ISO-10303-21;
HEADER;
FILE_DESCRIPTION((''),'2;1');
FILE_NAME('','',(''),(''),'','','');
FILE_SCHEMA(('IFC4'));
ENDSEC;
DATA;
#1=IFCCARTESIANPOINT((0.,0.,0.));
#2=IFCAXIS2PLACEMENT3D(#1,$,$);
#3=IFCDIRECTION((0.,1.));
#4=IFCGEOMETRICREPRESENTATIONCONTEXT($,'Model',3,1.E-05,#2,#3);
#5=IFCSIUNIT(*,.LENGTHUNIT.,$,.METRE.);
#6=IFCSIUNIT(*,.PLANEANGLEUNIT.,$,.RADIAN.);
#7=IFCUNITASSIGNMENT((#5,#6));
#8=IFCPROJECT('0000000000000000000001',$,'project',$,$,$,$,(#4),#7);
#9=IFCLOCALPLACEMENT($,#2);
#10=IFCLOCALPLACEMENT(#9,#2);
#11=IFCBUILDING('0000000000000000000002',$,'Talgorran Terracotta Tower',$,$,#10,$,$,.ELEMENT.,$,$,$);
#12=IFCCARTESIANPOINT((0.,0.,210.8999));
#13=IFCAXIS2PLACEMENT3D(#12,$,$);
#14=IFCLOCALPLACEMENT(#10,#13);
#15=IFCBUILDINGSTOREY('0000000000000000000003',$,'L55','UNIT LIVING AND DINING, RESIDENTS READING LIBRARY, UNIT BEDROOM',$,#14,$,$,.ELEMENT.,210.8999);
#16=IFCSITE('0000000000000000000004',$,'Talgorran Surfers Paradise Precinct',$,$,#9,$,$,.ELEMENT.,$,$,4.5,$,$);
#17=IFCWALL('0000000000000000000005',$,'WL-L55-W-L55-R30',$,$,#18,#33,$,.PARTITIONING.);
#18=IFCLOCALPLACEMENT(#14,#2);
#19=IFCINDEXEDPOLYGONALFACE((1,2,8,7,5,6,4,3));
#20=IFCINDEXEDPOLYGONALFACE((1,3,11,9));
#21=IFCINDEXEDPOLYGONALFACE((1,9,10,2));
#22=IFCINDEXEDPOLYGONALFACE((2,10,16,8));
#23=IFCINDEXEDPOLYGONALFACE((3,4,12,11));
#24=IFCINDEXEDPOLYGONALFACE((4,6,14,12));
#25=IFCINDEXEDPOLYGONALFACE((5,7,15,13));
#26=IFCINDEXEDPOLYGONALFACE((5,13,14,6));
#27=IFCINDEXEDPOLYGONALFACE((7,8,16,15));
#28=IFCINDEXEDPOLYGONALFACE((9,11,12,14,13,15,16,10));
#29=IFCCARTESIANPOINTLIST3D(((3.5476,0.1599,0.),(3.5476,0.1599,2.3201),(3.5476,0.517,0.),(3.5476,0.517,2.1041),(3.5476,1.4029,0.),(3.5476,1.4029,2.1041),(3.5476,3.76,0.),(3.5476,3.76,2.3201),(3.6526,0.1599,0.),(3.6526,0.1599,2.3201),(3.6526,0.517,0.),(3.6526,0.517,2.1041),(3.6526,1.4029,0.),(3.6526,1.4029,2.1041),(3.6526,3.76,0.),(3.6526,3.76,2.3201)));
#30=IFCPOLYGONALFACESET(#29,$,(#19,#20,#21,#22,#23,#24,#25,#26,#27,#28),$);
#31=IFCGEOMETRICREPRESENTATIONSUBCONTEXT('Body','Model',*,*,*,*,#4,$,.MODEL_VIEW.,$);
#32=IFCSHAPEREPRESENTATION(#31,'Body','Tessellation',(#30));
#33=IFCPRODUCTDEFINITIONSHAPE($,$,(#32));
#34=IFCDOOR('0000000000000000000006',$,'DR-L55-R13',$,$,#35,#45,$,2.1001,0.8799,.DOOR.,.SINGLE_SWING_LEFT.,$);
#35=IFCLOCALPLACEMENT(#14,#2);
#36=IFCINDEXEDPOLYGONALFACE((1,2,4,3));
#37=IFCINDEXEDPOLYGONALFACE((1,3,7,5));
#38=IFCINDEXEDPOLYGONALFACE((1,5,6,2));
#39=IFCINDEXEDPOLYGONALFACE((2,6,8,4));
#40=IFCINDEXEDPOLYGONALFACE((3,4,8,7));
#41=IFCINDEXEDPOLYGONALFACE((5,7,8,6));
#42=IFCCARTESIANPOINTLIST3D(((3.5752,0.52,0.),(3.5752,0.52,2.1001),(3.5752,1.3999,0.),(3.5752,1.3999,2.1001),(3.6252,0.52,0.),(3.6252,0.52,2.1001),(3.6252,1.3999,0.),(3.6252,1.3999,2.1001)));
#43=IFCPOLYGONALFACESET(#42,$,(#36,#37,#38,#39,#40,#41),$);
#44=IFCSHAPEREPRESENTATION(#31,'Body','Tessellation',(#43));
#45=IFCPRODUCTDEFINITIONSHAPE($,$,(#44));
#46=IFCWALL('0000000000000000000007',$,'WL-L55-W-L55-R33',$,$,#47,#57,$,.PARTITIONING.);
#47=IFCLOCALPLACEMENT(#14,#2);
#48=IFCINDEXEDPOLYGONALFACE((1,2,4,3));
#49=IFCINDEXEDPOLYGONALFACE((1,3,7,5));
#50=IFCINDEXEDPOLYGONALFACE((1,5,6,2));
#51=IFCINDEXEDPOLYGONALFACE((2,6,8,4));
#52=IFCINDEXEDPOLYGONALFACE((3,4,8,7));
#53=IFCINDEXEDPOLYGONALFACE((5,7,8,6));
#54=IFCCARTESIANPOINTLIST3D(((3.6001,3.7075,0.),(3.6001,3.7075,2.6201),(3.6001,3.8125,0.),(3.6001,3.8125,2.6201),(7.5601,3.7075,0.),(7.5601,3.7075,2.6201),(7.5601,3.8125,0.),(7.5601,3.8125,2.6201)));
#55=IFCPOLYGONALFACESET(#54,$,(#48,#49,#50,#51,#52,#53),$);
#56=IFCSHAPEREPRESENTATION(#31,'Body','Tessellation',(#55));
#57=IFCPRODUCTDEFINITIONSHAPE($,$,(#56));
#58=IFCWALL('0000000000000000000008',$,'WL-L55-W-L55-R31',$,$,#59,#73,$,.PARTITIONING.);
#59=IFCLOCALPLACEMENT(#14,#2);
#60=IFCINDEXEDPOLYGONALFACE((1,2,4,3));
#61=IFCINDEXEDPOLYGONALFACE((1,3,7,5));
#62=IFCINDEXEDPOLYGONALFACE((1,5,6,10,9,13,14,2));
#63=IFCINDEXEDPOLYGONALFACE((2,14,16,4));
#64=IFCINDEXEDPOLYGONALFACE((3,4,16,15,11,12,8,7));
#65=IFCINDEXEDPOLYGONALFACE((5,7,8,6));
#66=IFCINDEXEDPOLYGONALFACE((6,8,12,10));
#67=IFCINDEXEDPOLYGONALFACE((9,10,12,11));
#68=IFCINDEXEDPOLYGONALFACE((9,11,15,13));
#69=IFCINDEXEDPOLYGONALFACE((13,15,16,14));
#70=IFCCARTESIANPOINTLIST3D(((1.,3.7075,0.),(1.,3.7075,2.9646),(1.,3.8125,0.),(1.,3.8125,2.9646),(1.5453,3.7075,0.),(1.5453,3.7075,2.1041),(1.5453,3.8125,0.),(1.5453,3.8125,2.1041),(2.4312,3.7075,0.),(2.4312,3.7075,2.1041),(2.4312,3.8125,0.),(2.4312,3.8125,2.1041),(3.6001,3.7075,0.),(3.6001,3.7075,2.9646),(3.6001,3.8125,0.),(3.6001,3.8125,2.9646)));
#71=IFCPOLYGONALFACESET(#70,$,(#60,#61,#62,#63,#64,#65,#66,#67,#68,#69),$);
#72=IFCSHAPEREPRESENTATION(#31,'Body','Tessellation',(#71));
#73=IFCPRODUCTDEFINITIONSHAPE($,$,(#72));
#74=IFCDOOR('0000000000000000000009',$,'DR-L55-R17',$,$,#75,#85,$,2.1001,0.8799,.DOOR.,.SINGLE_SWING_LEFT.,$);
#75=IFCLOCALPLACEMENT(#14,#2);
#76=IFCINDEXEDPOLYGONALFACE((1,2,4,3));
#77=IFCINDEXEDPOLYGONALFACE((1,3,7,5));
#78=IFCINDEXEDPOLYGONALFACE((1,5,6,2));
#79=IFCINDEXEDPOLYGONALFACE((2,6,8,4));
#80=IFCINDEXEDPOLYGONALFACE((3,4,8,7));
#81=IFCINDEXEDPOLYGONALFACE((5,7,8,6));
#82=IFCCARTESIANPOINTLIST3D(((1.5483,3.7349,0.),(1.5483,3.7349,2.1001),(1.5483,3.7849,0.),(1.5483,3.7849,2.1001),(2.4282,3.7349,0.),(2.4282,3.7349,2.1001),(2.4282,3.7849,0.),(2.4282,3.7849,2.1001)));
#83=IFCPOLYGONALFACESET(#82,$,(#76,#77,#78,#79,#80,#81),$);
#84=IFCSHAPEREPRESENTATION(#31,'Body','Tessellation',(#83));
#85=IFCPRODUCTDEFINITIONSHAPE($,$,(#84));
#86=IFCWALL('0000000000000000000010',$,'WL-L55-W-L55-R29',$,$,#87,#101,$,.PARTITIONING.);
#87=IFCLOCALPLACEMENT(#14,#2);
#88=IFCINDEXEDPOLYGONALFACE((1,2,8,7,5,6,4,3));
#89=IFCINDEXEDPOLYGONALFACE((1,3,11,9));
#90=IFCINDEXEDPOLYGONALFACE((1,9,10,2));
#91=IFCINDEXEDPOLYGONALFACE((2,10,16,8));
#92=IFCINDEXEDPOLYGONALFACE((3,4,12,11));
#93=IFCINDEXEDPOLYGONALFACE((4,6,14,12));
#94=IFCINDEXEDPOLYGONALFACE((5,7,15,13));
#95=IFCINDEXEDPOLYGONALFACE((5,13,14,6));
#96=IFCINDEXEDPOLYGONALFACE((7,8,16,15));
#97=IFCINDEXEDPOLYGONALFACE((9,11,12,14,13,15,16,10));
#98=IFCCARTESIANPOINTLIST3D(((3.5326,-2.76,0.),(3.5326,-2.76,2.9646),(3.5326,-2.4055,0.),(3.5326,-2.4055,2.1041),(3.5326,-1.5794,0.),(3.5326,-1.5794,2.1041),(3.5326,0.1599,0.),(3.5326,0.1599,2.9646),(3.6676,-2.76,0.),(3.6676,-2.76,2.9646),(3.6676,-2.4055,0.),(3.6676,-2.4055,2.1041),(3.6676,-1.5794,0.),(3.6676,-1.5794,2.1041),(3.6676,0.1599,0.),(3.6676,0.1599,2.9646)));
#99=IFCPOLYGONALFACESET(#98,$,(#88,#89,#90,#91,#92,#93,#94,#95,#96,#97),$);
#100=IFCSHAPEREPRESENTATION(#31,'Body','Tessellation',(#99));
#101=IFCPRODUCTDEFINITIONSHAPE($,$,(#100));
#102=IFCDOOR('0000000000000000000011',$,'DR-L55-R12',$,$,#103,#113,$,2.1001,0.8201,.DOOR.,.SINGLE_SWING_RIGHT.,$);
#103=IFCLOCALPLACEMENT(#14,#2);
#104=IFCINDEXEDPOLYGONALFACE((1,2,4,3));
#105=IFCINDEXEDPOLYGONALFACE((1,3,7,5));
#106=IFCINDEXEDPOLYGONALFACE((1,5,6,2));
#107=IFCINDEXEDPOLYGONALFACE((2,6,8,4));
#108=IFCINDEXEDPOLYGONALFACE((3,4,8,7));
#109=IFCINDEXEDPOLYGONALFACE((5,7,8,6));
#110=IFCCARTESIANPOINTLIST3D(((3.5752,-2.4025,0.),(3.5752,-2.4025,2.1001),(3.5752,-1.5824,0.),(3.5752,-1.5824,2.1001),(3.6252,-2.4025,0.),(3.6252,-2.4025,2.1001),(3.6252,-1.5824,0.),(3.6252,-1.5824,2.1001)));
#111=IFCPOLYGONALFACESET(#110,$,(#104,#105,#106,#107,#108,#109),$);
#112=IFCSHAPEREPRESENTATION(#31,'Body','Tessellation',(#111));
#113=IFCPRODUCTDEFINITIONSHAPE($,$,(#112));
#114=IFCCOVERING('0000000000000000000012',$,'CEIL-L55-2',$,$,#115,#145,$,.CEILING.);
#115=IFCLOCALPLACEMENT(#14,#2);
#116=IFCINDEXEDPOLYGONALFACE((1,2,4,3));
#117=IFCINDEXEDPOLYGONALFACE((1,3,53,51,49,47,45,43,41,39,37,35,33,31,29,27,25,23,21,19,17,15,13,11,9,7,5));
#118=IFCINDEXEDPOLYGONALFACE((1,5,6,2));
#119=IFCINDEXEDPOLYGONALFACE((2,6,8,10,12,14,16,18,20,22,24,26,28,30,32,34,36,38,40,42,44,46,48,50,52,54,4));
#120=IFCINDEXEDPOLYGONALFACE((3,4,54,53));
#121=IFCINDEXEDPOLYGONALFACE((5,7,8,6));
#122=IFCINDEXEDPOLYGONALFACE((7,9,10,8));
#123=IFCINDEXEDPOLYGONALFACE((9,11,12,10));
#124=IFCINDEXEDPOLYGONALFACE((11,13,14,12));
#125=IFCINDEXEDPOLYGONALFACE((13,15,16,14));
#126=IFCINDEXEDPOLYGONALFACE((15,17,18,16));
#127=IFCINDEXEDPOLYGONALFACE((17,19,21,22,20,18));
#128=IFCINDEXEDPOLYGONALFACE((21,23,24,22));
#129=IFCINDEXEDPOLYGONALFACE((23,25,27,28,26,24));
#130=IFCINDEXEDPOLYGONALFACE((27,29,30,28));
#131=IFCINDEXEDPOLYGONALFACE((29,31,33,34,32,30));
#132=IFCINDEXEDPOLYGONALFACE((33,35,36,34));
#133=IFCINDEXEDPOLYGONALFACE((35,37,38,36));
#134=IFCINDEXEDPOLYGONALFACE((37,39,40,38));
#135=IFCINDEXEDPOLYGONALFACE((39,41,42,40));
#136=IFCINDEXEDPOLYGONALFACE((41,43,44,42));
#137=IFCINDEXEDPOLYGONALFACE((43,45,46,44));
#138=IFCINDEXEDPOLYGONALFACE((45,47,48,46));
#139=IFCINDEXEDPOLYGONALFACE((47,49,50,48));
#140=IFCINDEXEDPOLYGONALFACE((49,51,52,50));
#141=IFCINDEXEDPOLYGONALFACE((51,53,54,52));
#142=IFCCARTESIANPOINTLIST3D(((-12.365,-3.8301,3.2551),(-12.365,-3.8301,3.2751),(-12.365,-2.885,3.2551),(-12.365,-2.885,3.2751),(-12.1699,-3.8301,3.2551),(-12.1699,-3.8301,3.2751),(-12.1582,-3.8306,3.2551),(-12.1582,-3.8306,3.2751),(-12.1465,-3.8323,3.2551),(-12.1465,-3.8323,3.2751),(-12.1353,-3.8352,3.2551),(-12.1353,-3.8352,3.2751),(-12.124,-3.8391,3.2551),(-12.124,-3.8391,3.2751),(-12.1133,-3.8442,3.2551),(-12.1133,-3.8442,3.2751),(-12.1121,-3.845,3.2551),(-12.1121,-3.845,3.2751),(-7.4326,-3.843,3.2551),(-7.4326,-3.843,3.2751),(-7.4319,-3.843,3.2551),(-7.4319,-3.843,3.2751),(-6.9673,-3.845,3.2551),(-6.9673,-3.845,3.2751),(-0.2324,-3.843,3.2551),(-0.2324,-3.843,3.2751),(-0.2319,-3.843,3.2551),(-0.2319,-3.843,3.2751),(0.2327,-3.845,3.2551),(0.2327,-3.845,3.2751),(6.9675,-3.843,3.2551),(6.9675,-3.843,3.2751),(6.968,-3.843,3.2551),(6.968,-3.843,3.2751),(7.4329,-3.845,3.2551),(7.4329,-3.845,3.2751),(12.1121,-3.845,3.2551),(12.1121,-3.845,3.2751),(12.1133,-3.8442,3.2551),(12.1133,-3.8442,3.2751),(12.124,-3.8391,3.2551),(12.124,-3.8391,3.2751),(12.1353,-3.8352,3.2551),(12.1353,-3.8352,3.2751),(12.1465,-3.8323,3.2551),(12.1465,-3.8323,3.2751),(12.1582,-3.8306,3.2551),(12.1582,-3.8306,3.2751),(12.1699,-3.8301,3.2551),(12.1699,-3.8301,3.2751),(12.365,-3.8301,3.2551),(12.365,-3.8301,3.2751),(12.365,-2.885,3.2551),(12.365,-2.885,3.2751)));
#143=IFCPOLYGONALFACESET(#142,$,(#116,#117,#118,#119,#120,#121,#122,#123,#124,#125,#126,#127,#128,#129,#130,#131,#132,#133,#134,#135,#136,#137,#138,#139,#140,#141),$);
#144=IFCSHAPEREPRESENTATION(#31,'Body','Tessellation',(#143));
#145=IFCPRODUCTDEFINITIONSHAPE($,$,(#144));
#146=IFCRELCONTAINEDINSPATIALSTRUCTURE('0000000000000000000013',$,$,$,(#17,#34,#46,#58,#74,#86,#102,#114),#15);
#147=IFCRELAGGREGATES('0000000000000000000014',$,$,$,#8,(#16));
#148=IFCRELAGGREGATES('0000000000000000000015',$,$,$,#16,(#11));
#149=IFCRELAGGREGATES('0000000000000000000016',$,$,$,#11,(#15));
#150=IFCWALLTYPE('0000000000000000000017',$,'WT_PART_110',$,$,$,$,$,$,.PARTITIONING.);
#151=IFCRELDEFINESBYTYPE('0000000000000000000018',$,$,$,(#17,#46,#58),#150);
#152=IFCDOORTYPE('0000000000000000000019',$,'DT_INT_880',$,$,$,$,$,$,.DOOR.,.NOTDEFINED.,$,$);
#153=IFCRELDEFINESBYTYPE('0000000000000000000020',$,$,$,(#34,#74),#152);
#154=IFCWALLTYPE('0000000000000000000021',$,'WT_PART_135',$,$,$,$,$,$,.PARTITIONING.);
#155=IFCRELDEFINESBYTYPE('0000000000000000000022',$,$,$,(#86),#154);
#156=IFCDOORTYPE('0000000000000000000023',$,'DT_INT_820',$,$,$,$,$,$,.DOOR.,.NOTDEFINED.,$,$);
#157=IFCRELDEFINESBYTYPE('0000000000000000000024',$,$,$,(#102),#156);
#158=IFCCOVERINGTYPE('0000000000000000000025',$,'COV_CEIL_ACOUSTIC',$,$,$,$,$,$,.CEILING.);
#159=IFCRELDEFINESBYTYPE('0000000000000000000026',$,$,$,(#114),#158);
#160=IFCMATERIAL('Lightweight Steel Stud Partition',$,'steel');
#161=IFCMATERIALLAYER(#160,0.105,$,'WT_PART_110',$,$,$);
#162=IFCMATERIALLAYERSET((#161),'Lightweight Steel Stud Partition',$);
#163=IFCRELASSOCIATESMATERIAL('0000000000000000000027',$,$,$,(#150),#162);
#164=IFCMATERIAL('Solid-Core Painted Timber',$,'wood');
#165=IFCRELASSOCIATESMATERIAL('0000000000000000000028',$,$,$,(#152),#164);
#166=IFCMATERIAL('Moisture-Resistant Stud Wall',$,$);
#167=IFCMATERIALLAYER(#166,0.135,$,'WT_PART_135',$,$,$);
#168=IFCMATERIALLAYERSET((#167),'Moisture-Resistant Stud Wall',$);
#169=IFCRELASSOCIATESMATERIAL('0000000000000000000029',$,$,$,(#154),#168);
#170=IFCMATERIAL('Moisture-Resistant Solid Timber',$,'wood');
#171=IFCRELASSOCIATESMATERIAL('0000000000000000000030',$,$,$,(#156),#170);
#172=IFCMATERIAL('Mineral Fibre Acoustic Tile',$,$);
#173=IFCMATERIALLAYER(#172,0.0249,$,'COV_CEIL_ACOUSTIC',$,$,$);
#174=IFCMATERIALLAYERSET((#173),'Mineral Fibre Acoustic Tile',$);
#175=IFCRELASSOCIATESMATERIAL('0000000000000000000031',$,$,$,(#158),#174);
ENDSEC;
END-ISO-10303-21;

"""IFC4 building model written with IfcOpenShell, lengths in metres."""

from ifc_helpers import new_model, si_unit, direction, frame, frame_2d, origin, place, context, subcontext, project, spatial, polyline, rectangle, outline, extrude, material, layer, layer_set, type_object, element, fill, save


model = new_model("IFC4")

# Units and contexts
model_context = context("Model", 3, precision=1e-05, world=origin(), true_north=direction((0.0, 1.0)))
body_context = subcontext(model_context, "Body", "Model", "MODEL_VIEW")
ifc_project = project(units=[si_unit("LENGTHUNIT", "METRE"), si_unit("PLANEANGLEUNIT", "RADIAN")], contexts=[model_context])

# Site, building, storey
site_placement = place(None, origin())
site = spatial("IfcSite", under=ifc_project, at=site_placement, Name="Talgorran Surfers Paradise Precinct", CompositionType="ELEMENT", RefElevation=4.5)
building_placement = place(site_placement, origin())
building = spatial("IfcBuilding", under=site, at=building_placement, Name="Talgorran Terracotta Tower", CompositionType="ELEMENT")
storey_placement = place(building_placement, frame((0.0, 0.0, 210.8999)))
storey = spatial("IfcBuildingStorey", under=building, at=storey_placement, Name="L55", Description="UNIT LIVING AND DINING, RESIDENTS READING LIBRARY, UNIT BEDROOM", CompositionType="ELEMENT", Elevation=210.8999)

# Wall, opening, door
ifc_material_1 = material(Name="Lightweight Steel Stud Partition", Category="steel")
ifc_layer_1 = layer(ifc_material_1, 0.105, Name="WT_PART_110")
ifc_layer_set_1 = layer_set([ifc_layer_1], Name="Lightweight Steel Stud Partition")
wall_type_1 = type_object("IfcWallType", Name="WT_PART_110", PredefinedType="PARTITIONING", material=ifc_layer_set_1)
ifc_material_2 = material(Name="Solid-Core Painted Timber", Category="wood")
door_type_1 = type_object("IfcDoorType", Name="DT_INT_880", OperationType="NOTDEFINED", PredefinedType="DOOR", material=ifc_material_2)
wall_1_placement = place(storey_placement, frame((3.6001, 0.1599, 0.0), z_axis=(0.0, 0.0, 1.0), x_axis=(0.0, 1.0, 0.0)))
wall_1 = element("IfcWall", 1, at=wall_1_placement, inside=storey, type_object=wall_type_1, Name="WL-L55-W-L55-R30", PredefinedType="PARTITIONING", context=body_context, shape_type="SweptSolid", body=[
    extrude(rectangle(XDim=3.6001, YDim=0.105, at=frame_2d((1.8, 0.0))), origin(), (0.0, 0.0, 1.0), 2.3201),
])
opening_1_placement = place(wall_1_placement, frame((0.3601, 0.0, 0.0)))
opening_1 = element("IfcOpeningElement", 2, at=opening_1_placement, cuts=wall_1, PredefinedType="OPENING", context=body_context, shape_type="SweptSolid", body=[
    extrude(rectangle(XDim=0.8859, YDim=2.1041, at=frame_2d((0.4399, 1.052))), frame((0.0, 0.0625, 0.0), z_axis=(0.0, -1.0, 0.0), x_axis=(1.0, 0.0, 0.0)), (0.0, 0.0, 1.0), 0.125),
])
door_1_placement = place(opening_1_placement, origin())
door_1 = element("IfcDoor", 3, at=door_1_placement, inside=storey, type_object=door_type_1, Name="DR-L55-R13", OperationType="SINGLE_SWING_LEFT", OverallHeight=2.1001, OverallWidth=0.8799, PredefinedType="DOOR", context=body_context, shape_type="SweptSolid", body=[
    extrude(rectangle(XDim=0.8799, YDim=2.1001, at=frame_2d((0.4399, 1.05))), frame((0.0, 0.0249, 0.0), z_axis=(0.0, -1.0, 0.0), x_axis=(1.0, 0.0, 0.0)), (0.0, 0.0, 1.0), 0.05),
])
fill(opening_1, door_1)

# Wall
wall_2_placement = place(storey_placement, frame((3.6001, 3.76, 0.0), z_axis=(0.0, 0.0, 1.0), x_axis=(1.0, 0.0, 0.0)))
element("IfcWall", 4, at=wall_2_placement, inside=storey, type_object=wall_type_1, Name="WL-L55-W-L55-R33", PredefinedType="PARTITIONING", context=body_context, shape_type="SweptSolid", body=[
    extrude(rectangle(XDim=3.96, YDim=0.105, at=frame_2d((1.98, 0.0))), origin(), (0.0, 0.0, 1.0), 2.6201),
])

# Walls, openings, doors
wall_3_placement = place(storey_placement, frame((1.0, 3.76, 0.0), z_axis=(0.0, 0.0, 1.0), x_axis=(1.0, 0.0, 0.0)))
wall_3 = element("IfcWall", 5, at=wall_3_placement, inside=storey, type_object=wall_type_1, Name="WL-L55-W-L55-R31", PredefinedType="PARTITIONING", context=body_context, shape_type="SweptSolid", body=[
    extrude(rectangle(XDim=2.6001, YDim=0.105, at=frame_2d((1.3, 0.0))), origin(), (0.0, 0.0, 1.0), 2.9646),
])
opening_2_placement = place(wall_3_placement, frame((0.5483, 0.0, 0.0)))
opening_2 = element("IfcOpeningElement", 6, at=opening_2_placement, cuts=wall_3, PredefinedType="OPENING", context=body_context, shape_type="SweptSolid", body=[
    extrude(rectangle(XDim=0.8859, YDim=2.1041, at=frame_2d((0.4399, 1.052))), frame((0.0, 0.0625, 0.0), z_axis=(0.0, -1.0, 0.0), x_axis=(1.0, 0.0, 0.0)), (0.0, 0.0, 1.0), 0.125),
])
door_2_placement = place(opening_2_placement, origin())
door_2 = element("IfcDoor", 7, at=door_2_placement, inside=storey, type_object=door_type_1, Name="DR-L55-R17", OperationType="SINGLE_SWING_LEFT", OverallHeight=2.1001, OverallWidth=0.8799, PredefinedType="DOOR", context=body_context, shape_type="SweptSolid", body=[
    extrude(rectangle(XDim=0.8799, YDim=2.1001, at=frame_2d((0.4399, 1.05))), frame((0.0, 0.0249, 0.0), z_axis=(0.0, -1.0, 0.0), x_axis=(1.0, 0.0, 0.0)), (0.0, 0.0, 1.0), 0.05),
])
fill(opening_2, door_2)
ifc_material_3 = material(Name="Moisture-Resistant Stud Wall")
ifc_layer_2 = layer(ifc_material_3, 0.135, Name="WT_PART_135")
ifc_layer_set_2 = layer_set([ifc_layer_2], Name="Moisture-Resistant Stud Wall")
wall_type_2 = type_object("IfcWallType", Name="WT_PART_135", PredefinedType="PARTITIONING", material=ifc_layer_set_2)
wall_4_placement = place(storey_placement, frame((3.6001, -2.76, 0.0), z_axis=(0.0, 0.0, 1.0), x_axis=(0.0, 1.0, 0.0)))
wall_4 = element("IfcWall", 8, at=wall_4_placement, inside=storey, type_object=wall_type_2, Name="WL-L55-W-L55-R29", PredefinedType="PARTITIONING", context=body_context, shape_type="SweptSolid", body=[
    extrude(rectangle(XDim=2.9199, YDim=0.135, at=frame_2d((1.46, 0.0))), origin(), (0.0, 0.0, 1.0), 2.9646),
])
opening_3_placement = place(wall_4_placement, frame((0.3574, 0.0, 0.0)))
opening_3 = element("IfcOpeningElement", 9, at=opening_3_placement, cuts=wall_4, PredefinedType="OPENING", context=body_context, shape_type="SweptSolid", body=[
    extrude(rectangle(XDim=0.8261, YDim=2.1041, at=frame_2d((0.4102, 1.052))), frame((0.0, 0.0776, 0.0), z_axis=(0.0, -1.0, 0.0), x_axis=(1.0, 0.0, 0.0)), (0.0, 0.0, 1.0), 0.155),
])
ifc_material_4 = material(Name="Moisture-Resistant Solid Timber", Category="wood")
door_type_2 = type_object("IfcDoorType", Name="DT_INT_820", OperationType="NOTDEFINED", PredefinedType="DOOR", material=ifc_material_4)
door_3_placement = place(opening_3_placement, origin())
door_3 = element("IfcDoor", 10, at=door_3_placement, inside=storey, type_object=door_type_2, Name="DR-L55-R12", OperationType="SINGLE_SWING_RIGHT", OverallHeight=2.1001, OverallWidth=0.8201, PredefinedType="DOOR", context=body_context, shape_type="SweptSolid", body=[
    extrude(rectangle(XDim=0.8201, YDim=2.1001, at=frame_2d((0.4102, 1.05))), frame((0.0, 0.0249, 0.0), z_axis=(0.0, -1.0, 0.0), x_axis=(1.0, 0.0, 0.0)), (0.0, 0.0, 1.0), 0.05),
])
fill(opening_3, door_3)

# Covering
ifc_material_5 = material(Name="Mineral Fibre Acoustic Tile")
ifc_layer_3 = layer(ifc_material_5, 0.0249, Name="COV_CEIL_ACOUSTIC")
ifc_layer_set_3 = layer_set([ifc_layer_3], Name="Mineral Fibre Acoustic Tile")
covering_type_1 = type_object("IfcCoveringType", Name="COV_CEIL_ACOUSTIC", PredefinedType="CEILING", material=ifc_layer_set_3)
covering_1_placement = place(storey_placement, frame((0.0, 0.0, 3.2551)))
element("IfcCovering", 11, at=covering_1_placement, inside=storey, type_object=covering_type_1, Name="CEIL-L55-2", PredefinedType="CEILING", context=body_context, shape_type="SweptSolid", body=[
    extrude(outline(polyline([(-12.365, -2.885), (12.365, -2.885), (12.365, -3.8301), (12.1699, -3.8301), (12.1582, -3.8306), (12.1465, -3.8323), (12.1353, -3.8352), (12.124, -3.8391), (12.1133, -3.8442), (12.1121, -3.845), (7.4329, -3.845), (6.968, -3.843), (6.9675, -3.843), (0.2327, -3.845), (-0.2319, -3.843), (-0.2324, -3.843), (-6.9673, -3.845), (-7.4319, -3.843), (-7.4326, -3.843), (-12.1121, -3.845), (-12.1133, -3.8442), (-12.124, -3.8391), (-12.1353, -3.8352), (-12.1465, -3.8323), (-12.1582, -3.8306), (-12.1699, -3.8301), (-12.365, -3.8301), (-12.365, -2.885)])), origin(), (0.0, 0.0, 1.0), 0.02),
])

save(model, "model.ifc")
